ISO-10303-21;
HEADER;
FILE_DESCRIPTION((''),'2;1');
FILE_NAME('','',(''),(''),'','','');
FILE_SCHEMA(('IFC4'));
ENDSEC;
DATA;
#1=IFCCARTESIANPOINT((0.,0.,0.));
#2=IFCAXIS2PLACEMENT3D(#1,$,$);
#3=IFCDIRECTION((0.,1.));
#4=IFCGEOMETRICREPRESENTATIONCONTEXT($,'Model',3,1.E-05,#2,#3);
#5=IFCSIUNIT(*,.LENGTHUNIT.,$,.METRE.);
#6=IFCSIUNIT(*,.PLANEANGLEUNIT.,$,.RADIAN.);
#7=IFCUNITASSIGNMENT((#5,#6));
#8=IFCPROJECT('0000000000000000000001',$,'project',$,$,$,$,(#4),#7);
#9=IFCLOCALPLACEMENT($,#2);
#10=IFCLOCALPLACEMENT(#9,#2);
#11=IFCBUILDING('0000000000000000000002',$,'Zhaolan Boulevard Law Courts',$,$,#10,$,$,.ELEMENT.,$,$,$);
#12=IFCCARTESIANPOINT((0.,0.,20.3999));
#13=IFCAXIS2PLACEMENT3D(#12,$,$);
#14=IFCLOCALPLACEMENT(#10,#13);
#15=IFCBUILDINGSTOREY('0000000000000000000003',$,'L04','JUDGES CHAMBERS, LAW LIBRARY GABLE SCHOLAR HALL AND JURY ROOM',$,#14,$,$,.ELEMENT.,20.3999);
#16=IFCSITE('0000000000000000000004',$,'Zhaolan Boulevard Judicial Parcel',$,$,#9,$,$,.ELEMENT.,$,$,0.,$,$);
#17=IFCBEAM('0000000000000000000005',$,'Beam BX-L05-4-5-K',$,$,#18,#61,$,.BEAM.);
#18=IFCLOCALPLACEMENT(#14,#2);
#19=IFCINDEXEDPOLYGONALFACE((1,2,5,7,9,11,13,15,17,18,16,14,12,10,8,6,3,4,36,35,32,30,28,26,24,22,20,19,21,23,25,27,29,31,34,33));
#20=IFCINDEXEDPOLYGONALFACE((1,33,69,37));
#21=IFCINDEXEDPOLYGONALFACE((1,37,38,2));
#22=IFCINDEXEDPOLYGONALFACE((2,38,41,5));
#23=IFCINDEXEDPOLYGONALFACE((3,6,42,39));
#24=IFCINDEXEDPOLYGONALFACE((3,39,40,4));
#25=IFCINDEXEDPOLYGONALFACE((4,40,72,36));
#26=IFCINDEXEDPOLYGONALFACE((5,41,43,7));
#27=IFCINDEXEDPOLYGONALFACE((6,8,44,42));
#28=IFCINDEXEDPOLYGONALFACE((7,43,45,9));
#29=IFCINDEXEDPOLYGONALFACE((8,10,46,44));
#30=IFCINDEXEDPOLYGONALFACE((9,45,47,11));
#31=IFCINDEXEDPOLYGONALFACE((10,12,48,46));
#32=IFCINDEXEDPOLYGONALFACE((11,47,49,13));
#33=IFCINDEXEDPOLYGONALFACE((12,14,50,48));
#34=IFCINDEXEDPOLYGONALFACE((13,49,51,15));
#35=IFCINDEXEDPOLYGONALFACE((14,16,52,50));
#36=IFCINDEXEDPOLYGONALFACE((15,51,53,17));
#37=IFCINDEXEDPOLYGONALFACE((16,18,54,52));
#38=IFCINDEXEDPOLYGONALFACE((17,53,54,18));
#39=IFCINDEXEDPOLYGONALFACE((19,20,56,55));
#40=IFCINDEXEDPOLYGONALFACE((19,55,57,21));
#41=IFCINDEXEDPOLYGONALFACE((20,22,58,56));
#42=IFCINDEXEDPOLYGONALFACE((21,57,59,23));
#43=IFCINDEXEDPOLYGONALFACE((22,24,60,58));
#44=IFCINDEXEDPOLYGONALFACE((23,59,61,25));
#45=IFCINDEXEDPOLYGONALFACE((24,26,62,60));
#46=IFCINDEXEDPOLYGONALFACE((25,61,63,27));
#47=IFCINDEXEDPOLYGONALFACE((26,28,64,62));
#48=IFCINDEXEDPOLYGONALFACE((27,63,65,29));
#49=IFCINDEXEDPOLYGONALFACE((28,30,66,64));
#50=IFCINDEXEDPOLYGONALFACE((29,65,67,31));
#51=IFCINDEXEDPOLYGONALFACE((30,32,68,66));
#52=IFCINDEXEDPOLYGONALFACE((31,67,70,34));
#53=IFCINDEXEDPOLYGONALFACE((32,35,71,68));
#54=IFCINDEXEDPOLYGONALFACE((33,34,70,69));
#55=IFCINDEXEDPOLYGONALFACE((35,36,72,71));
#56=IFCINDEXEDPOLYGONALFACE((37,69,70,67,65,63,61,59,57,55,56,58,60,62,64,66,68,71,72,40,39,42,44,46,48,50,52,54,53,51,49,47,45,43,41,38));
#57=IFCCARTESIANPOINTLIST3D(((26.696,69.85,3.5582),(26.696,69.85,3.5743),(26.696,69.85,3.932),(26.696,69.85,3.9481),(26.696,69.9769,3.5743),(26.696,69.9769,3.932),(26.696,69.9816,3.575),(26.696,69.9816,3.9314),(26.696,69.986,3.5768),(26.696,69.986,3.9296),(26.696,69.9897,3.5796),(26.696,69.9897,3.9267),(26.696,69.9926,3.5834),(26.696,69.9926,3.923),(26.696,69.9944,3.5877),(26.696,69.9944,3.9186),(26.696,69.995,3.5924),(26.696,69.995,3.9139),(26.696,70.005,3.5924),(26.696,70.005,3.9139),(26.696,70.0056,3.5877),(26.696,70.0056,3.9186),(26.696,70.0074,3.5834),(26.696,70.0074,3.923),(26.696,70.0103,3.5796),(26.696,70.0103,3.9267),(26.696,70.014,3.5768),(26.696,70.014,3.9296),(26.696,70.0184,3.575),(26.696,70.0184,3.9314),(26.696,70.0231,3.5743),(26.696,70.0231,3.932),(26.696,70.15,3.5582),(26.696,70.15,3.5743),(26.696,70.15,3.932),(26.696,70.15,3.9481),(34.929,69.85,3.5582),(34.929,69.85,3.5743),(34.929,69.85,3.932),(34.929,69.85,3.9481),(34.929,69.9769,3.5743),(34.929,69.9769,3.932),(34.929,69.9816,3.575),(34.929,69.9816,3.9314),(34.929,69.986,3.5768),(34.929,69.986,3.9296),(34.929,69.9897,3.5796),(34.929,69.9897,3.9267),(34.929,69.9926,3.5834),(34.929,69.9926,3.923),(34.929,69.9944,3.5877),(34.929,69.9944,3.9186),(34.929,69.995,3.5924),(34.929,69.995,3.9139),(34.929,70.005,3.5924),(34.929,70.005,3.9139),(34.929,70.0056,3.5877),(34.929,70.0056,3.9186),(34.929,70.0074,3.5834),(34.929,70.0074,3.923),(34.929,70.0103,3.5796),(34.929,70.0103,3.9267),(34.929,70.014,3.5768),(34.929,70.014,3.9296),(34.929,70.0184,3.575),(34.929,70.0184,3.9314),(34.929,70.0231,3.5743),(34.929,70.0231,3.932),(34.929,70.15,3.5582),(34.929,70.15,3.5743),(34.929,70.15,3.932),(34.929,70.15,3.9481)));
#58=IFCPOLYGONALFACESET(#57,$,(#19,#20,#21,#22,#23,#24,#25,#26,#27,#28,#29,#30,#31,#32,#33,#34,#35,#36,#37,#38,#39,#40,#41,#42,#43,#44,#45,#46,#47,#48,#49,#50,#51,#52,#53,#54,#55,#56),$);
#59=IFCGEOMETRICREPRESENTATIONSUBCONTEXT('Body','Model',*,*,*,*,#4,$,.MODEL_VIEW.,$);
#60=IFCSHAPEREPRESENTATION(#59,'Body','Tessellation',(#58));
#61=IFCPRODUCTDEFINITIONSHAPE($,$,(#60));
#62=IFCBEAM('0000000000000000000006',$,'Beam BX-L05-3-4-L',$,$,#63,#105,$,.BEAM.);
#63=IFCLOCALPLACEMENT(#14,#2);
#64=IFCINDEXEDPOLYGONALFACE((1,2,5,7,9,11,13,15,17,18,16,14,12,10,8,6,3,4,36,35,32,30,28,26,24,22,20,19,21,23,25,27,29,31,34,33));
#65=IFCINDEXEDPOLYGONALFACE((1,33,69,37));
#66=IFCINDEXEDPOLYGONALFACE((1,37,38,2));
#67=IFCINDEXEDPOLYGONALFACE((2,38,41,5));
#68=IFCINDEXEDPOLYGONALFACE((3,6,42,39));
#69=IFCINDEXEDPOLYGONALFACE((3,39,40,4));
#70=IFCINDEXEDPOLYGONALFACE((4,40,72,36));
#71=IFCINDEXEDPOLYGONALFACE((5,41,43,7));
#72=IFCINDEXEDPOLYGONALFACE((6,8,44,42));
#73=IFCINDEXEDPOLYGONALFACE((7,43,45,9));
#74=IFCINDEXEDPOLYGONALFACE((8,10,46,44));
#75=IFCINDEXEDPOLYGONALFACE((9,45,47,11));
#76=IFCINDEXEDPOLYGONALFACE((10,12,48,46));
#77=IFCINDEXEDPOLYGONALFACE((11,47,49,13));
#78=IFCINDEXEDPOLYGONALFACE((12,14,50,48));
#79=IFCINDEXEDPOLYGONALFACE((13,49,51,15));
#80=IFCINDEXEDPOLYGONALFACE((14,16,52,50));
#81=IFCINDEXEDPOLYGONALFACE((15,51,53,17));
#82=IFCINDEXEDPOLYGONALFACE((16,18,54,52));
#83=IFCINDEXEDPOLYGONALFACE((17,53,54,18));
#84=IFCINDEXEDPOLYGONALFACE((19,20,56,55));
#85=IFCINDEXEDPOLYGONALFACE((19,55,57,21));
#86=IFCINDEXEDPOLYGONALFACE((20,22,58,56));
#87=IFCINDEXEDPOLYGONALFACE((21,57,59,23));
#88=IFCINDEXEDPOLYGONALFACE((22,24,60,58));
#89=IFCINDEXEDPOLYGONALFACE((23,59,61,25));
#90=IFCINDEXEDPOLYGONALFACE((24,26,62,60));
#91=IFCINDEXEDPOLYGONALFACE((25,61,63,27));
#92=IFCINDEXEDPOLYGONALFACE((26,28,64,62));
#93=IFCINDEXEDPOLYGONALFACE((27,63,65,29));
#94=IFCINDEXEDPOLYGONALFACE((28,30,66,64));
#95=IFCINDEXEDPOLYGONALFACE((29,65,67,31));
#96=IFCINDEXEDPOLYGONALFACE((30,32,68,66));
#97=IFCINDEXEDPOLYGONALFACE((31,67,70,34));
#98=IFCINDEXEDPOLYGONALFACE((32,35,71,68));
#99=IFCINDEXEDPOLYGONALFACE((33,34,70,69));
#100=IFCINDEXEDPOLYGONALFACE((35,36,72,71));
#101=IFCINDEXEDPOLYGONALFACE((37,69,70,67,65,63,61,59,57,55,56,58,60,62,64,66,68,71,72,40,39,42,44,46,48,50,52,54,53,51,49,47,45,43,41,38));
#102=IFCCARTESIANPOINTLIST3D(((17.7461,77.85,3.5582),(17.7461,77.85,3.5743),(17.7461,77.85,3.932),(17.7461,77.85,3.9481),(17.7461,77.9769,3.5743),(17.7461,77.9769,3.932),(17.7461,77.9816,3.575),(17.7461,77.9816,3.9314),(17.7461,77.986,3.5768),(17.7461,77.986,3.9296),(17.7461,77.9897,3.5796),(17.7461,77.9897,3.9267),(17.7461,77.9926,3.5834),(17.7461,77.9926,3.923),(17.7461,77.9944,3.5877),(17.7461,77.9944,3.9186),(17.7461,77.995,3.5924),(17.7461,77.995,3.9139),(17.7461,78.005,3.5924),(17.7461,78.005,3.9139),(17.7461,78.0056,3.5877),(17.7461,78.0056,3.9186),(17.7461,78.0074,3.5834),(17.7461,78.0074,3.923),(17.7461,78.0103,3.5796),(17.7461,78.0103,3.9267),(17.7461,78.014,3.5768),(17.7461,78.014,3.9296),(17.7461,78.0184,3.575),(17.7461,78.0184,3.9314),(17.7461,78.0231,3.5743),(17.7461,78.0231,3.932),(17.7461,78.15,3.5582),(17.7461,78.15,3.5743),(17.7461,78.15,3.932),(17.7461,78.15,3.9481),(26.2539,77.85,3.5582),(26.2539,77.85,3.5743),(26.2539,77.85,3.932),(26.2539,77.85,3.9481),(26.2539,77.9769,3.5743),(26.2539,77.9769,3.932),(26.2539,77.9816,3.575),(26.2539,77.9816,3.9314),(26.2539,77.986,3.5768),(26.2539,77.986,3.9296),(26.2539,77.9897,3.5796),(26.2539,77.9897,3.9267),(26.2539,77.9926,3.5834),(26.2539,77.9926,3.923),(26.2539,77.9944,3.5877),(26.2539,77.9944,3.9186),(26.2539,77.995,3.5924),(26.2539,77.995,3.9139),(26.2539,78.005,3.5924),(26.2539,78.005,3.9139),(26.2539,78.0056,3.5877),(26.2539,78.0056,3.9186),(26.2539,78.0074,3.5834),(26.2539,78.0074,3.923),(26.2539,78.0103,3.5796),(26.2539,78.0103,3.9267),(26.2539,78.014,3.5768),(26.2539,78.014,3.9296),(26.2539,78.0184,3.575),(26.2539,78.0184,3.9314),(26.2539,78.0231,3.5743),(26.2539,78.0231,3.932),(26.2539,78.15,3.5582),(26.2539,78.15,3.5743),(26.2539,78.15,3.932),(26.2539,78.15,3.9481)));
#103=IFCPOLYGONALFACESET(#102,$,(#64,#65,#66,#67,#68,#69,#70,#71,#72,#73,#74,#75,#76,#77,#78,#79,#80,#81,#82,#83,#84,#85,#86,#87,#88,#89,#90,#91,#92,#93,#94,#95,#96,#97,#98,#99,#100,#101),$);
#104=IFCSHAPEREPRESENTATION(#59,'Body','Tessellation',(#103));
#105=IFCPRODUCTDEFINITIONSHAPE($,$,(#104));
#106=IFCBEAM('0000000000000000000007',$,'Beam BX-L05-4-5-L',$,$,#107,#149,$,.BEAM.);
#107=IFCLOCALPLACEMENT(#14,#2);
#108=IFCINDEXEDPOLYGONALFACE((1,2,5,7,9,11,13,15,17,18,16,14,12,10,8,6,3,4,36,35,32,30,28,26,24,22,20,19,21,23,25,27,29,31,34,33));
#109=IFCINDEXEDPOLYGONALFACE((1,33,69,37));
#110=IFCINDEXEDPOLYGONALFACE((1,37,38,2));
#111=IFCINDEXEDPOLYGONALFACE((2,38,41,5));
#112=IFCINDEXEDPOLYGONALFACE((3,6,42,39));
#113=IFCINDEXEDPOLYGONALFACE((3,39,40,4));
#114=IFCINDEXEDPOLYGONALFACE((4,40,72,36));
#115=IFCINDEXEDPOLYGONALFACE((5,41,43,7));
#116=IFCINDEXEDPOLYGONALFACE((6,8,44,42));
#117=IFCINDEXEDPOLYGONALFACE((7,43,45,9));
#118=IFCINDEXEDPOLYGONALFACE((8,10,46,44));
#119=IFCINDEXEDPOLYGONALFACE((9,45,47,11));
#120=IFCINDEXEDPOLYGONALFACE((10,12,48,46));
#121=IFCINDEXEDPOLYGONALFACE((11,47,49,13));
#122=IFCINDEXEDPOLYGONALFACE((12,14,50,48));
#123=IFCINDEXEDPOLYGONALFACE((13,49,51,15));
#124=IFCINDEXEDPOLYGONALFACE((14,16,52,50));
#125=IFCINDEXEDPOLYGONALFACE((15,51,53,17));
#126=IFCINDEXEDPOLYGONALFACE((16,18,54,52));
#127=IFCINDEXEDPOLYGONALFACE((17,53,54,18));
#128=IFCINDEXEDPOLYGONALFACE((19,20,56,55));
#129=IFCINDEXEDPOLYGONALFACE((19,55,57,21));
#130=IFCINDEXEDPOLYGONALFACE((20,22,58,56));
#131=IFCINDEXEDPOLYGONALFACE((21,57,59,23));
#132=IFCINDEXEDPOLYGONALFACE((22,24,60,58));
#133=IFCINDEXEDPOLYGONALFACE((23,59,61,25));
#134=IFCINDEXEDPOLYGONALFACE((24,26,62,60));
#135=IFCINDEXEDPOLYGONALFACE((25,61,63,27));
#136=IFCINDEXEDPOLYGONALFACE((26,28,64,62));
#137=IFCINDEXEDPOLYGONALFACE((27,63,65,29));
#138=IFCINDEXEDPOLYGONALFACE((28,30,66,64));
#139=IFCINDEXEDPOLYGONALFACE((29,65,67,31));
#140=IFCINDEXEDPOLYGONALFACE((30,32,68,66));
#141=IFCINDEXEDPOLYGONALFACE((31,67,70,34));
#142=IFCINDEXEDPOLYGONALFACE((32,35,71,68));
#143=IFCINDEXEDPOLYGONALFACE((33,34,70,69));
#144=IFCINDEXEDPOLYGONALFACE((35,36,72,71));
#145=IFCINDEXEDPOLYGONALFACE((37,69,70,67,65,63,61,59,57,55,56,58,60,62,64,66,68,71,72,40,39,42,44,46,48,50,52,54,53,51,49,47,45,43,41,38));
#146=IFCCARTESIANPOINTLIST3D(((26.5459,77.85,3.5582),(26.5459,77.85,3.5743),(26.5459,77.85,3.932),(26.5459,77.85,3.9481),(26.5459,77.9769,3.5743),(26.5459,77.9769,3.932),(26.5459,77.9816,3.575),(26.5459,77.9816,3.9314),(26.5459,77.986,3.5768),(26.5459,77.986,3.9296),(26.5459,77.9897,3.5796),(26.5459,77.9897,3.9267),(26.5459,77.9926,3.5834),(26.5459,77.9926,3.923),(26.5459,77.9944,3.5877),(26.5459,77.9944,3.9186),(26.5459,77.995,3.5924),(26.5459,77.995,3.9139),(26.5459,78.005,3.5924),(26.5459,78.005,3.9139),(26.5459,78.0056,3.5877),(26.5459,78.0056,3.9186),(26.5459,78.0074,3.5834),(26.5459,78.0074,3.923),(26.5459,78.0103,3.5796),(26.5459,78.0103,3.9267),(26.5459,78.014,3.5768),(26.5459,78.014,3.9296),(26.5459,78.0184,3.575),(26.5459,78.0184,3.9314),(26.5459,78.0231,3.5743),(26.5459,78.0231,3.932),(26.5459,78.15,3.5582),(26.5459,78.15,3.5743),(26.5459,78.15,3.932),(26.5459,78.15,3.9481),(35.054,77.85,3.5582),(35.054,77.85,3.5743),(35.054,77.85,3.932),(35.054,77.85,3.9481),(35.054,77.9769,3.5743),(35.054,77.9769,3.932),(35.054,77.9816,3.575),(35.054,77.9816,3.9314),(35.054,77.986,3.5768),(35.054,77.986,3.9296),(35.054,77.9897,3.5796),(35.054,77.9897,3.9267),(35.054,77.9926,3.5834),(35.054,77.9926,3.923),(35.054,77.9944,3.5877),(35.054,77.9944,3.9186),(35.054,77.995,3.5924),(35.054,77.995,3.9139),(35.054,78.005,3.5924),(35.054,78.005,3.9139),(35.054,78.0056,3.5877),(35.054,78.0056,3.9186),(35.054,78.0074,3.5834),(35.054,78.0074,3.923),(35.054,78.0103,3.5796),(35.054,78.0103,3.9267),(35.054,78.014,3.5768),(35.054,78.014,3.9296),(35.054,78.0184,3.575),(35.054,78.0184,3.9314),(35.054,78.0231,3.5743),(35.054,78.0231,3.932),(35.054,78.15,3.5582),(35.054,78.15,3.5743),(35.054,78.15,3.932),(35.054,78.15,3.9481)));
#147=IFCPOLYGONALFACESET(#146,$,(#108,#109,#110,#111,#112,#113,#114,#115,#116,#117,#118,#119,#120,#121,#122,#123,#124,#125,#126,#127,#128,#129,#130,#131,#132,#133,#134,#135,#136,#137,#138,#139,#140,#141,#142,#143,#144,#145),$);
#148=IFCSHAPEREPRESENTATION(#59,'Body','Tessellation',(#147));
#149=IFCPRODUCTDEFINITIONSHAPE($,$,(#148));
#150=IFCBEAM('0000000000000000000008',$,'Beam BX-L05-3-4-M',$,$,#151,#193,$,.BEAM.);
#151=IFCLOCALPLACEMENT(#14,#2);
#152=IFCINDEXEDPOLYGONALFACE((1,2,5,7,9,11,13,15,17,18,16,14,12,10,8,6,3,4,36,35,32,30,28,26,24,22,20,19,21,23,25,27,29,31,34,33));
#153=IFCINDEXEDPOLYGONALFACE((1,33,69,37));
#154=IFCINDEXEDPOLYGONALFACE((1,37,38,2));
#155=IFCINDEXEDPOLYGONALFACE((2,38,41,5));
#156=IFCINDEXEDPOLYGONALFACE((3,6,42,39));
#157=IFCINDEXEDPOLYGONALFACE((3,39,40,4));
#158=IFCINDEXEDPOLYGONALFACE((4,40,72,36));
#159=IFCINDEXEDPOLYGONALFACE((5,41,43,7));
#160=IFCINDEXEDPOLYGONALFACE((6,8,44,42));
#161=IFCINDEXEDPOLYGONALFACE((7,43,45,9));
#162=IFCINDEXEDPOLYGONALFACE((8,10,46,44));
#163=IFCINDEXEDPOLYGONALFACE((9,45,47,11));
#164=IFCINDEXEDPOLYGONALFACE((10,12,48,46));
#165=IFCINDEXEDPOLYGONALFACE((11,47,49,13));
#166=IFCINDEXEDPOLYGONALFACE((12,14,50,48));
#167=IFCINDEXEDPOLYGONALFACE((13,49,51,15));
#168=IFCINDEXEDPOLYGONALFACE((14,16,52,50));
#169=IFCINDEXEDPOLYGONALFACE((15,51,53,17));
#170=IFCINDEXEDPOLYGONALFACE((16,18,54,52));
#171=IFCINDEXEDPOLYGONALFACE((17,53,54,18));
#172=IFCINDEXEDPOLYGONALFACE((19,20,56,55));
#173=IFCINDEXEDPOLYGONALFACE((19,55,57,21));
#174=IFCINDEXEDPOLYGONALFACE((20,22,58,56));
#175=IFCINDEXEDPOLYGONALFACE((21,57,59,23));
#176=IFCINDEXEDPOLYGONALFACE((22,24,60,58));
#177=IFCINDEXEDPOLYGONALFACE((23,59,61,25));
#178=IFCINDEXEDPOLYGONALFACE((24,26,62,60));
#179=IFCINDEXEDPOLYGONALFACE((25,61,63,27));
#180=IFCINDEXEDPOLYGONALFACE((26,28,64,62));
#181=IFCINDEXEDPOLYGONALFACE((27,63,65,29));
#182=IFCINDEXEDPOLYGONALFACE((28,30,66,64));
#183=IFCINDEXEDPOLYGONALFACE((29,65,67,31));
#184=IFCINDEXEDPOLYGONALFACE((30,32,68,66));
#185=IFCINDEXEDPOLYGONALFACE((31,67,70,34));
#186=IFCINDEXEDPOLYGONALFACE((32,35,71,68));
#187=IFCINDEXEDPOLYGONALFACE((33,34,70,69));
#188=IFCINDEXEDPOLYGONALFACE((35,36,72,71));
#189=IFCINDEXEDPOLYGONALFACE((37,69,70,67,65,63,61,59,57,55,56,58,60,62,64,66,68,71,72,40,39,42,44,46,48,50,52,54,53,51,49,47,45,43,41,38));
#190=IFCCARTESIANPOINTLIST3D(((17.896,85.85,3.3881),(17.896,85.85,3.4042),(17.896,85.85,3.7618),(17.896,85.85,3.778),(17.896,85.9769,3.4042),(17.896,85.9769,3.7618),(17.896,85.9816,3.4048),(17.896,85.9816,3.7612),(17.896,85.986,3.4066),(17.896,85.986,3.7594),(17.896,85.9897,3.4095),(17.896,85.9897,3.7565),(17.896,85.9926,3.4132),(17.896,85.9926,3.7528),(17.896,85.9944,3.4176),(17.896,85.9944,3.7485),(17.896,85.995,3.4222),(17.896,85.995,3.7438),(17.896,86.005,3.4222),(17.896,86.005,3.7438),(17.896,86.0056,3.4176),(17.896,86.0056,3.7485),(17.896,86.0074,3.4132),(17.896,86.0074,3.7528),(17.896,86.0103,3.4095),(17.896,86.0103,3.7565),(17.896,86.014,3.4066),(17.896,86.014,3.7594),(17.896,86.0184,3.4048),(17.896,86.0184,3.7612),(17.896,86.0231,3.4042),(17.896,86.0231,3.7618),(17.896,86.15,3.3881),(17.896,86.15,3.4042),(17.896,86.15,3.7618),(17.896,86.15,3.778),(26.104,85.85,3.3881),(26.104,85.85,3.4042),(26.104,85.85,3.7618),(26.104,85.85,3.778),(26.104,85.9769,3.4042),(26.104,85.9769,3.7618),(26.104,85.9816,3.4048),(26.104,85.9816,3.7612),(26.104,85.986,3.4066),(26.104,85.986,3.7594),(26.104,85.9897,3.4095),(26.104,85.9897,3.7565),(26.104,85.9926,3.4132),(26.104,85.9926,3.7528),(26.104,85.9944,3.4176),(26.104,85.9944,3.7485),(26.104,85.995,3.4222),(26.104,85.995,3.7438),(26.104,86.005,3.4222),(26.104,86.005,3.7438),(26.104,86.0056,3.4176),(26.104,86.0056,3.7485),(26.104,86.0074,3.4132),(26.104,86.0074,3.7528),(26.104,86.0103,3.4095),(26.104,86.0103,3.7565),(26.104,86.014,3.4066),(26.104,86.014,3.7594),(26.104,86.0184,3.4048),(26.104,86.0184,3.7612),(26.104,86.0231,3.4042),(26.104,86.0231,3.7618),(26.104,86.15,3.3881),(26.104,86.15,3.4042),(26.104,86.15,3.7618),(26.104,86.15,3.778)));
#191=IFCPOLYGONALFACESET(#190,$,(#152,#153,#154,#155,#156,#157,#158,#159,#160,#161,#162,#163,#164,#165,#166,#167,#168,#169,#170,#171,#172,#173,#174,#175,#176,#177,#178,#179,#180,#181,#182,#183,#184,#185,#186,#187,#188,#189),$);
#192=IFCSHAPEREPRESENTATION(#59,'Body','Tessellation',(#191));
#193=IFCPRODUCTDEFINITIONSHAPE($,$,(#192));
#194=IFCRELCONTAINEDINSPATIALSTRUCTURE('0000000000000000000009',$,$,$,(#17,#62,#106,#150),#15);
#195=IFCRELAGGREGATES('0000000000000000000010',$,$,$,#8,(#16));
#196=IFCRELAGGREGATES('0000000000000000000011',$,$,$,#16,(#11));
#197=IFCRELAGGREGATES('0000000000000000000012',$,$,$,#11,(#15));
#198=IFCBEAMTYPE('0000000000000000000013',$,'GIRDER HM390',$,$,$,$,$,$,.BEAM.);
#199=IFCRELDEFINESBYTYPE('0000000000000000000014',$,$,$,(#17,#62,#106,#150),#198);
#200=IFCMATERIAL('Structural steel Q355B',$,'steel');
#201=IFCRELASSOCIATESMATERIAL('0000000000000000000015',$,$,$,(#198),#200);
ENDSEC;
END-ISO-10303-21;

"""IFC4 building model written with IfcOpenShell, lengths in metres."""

from ifc_helpers import new_model, si_unit, direction, frame, origin, origin_2d, place, context, subcontext, project, spatial, i_section, extrude, material, material_profile, profile_set, type_object, element, save


model = new_model("IFC4")

# Units and contexts
model_context = context("Model", 3, precision=1e-05, world=origin(), true_north=direction((0.0, 1.0)))
body_context = subcontext(model_context, "Body", "Model", "MODEL_VIEW")
ifc_project = project(units=[si_unit("LENGTHUNIT", "METRE"), si_unit("PLANEANGLEUNIT", "RADIAN")], contexts=[model_context])

# Site, building, storey
site_placement = place(None, origin())
site = spatial("IfcSite", under=ifc_project, at=site_placement, Name="Zhaolan Boulevard Judicial Parcel", CompositionType="ELEMENT", RefElevation=0.0)
building_placement = place(site_placement, origin())
building = spatial("IfcBuilding", under=site, at=building_placement, Name="Zhaolan Boulevard Law Courts", CompositionType="ELEMENT")
storey_placement = place(building_placement, frame((0.0, 0.0, 20.3999)))
storey = spatial("IfcBuildingStorey", under=building, at=storey_placement, Name="L04", Description="JUDGES CHAMBERS, LAW LIBRARY GABLE SCHOLAR HALL AND JURY ROOM", CompositionType="ELEMENT", Elevation=20.3999)

# Beams
ifc_material_1 = material(Name="Structural steel Q355B", Category="steel")
ifc_material_profile_1 = material_profile(ifc_material_1, i_section(OverallWidth=0.3, OverallDepth=0.3899, WebThickness=0.01, FlangeThickness=0.0161, FilletRadius=0.0181, at=origin_2d()), Name="HM390x300")
ifc_profile_set_1 = profile_set([ifc_material_profile_1], Name="Structural steel Q355B")
beam_type_1 = type_object("IfcBeamType", Name="GIRDER HM390", PredefinedType="BEAM", material=ifc_profile_set_1)
beam_1_placement = place(storey_placement, frame((26.696, 70.0, 3.7532), z_axis=(1.0, 0.0, 0.0), x_axis=(0.0, 1.0, 0.0)))
element("IfcBeam", 1, at=beam_1_placement, inside=storey, type_object=beam_type_1, Name="Beam BX-L05-4-5-K", PredefinedType="BEAM", context=body_context, shape_type="SweptSolid", body=[
    extrude(i_section(OverallWidth=0.3, OverallDepth=0.3899, WebThickness=0.01, FlangeThickness=0.0161, FilletRadius=0.0181, at=origin_2d()), origin(), (0.0, 0.0, 1.0), 8.2329),
])
beam_2_placement = place(storey_placement, frame((17.7461, 78.0, 3.7532), z_axis=(1.0, 0.0, 0.0), x_axis=(0.0, 1.0, 0.0)))
element("IfcBeam", 2, at=beam_2_placement, inside=storey, type_object=beam_type_1, Name="Beam BX-L05-3-4-L", PredefinedType="BEAM", context=body_context, shape_type="SweptSolid", body=[
    extrude(i_section(OverallWidth=0.3, OverallDepth=0.3899, WebThickness=0.01, FlangeThickness=0.0161, FilletRadius=0.0181, at=origin_2d()), origin(), (0.0, 0.0, 1.0), 8.5078),
])
beam_3_placement = place(storey_placement, frame((26.5459, 78.0, 3.7532), z_axis=(1.0, 0.0, 0.0), x_axis=(0.0, 1.0, 0.0)))
element("IfcBeam", 3, at=beam_3_placement, inside=storey, type_object=beam_type_1, Name="Beam BX-L05-4-5-L", PredefinedType="BEAM", context=body_context, shape_type="SweptSolid", body=[
    extrude(i_section(OverallWidth=0.3, OverallDepth=0.3899, WebThickness=0.01, FlangeThickness=0.0161, FilletRadius=0.0181, at=origin_2d()), origin(), (0.0, 0.0, 1.0), 8.5081),
])
beam_4_placement = place(storey_placement, frame((17.896, 86.0, 3.583), z_axis=(1.0, 0.0, 0.0), x_axis=(0.0, 1.0, 0.0)))
element("IfcBeam", 4, at=beam_4_placement, inside=storey, type_object=beam_type_1, Name="Beam BX-L05-3-4-M", PredefinedType="BEAM", context=body_context, shape_type="SweptSolid", body=[
    extrude(i_section(OverallWidth=0.3, OverallDepth=0.3899, WebThickness=0.01, FlangeThickness=0.0161, FilletRadius=0.0181, at=origin_2d()), origin(), (0.0, 0.0, 1.0), 8.208),
])

save(model, "model.ifc")
